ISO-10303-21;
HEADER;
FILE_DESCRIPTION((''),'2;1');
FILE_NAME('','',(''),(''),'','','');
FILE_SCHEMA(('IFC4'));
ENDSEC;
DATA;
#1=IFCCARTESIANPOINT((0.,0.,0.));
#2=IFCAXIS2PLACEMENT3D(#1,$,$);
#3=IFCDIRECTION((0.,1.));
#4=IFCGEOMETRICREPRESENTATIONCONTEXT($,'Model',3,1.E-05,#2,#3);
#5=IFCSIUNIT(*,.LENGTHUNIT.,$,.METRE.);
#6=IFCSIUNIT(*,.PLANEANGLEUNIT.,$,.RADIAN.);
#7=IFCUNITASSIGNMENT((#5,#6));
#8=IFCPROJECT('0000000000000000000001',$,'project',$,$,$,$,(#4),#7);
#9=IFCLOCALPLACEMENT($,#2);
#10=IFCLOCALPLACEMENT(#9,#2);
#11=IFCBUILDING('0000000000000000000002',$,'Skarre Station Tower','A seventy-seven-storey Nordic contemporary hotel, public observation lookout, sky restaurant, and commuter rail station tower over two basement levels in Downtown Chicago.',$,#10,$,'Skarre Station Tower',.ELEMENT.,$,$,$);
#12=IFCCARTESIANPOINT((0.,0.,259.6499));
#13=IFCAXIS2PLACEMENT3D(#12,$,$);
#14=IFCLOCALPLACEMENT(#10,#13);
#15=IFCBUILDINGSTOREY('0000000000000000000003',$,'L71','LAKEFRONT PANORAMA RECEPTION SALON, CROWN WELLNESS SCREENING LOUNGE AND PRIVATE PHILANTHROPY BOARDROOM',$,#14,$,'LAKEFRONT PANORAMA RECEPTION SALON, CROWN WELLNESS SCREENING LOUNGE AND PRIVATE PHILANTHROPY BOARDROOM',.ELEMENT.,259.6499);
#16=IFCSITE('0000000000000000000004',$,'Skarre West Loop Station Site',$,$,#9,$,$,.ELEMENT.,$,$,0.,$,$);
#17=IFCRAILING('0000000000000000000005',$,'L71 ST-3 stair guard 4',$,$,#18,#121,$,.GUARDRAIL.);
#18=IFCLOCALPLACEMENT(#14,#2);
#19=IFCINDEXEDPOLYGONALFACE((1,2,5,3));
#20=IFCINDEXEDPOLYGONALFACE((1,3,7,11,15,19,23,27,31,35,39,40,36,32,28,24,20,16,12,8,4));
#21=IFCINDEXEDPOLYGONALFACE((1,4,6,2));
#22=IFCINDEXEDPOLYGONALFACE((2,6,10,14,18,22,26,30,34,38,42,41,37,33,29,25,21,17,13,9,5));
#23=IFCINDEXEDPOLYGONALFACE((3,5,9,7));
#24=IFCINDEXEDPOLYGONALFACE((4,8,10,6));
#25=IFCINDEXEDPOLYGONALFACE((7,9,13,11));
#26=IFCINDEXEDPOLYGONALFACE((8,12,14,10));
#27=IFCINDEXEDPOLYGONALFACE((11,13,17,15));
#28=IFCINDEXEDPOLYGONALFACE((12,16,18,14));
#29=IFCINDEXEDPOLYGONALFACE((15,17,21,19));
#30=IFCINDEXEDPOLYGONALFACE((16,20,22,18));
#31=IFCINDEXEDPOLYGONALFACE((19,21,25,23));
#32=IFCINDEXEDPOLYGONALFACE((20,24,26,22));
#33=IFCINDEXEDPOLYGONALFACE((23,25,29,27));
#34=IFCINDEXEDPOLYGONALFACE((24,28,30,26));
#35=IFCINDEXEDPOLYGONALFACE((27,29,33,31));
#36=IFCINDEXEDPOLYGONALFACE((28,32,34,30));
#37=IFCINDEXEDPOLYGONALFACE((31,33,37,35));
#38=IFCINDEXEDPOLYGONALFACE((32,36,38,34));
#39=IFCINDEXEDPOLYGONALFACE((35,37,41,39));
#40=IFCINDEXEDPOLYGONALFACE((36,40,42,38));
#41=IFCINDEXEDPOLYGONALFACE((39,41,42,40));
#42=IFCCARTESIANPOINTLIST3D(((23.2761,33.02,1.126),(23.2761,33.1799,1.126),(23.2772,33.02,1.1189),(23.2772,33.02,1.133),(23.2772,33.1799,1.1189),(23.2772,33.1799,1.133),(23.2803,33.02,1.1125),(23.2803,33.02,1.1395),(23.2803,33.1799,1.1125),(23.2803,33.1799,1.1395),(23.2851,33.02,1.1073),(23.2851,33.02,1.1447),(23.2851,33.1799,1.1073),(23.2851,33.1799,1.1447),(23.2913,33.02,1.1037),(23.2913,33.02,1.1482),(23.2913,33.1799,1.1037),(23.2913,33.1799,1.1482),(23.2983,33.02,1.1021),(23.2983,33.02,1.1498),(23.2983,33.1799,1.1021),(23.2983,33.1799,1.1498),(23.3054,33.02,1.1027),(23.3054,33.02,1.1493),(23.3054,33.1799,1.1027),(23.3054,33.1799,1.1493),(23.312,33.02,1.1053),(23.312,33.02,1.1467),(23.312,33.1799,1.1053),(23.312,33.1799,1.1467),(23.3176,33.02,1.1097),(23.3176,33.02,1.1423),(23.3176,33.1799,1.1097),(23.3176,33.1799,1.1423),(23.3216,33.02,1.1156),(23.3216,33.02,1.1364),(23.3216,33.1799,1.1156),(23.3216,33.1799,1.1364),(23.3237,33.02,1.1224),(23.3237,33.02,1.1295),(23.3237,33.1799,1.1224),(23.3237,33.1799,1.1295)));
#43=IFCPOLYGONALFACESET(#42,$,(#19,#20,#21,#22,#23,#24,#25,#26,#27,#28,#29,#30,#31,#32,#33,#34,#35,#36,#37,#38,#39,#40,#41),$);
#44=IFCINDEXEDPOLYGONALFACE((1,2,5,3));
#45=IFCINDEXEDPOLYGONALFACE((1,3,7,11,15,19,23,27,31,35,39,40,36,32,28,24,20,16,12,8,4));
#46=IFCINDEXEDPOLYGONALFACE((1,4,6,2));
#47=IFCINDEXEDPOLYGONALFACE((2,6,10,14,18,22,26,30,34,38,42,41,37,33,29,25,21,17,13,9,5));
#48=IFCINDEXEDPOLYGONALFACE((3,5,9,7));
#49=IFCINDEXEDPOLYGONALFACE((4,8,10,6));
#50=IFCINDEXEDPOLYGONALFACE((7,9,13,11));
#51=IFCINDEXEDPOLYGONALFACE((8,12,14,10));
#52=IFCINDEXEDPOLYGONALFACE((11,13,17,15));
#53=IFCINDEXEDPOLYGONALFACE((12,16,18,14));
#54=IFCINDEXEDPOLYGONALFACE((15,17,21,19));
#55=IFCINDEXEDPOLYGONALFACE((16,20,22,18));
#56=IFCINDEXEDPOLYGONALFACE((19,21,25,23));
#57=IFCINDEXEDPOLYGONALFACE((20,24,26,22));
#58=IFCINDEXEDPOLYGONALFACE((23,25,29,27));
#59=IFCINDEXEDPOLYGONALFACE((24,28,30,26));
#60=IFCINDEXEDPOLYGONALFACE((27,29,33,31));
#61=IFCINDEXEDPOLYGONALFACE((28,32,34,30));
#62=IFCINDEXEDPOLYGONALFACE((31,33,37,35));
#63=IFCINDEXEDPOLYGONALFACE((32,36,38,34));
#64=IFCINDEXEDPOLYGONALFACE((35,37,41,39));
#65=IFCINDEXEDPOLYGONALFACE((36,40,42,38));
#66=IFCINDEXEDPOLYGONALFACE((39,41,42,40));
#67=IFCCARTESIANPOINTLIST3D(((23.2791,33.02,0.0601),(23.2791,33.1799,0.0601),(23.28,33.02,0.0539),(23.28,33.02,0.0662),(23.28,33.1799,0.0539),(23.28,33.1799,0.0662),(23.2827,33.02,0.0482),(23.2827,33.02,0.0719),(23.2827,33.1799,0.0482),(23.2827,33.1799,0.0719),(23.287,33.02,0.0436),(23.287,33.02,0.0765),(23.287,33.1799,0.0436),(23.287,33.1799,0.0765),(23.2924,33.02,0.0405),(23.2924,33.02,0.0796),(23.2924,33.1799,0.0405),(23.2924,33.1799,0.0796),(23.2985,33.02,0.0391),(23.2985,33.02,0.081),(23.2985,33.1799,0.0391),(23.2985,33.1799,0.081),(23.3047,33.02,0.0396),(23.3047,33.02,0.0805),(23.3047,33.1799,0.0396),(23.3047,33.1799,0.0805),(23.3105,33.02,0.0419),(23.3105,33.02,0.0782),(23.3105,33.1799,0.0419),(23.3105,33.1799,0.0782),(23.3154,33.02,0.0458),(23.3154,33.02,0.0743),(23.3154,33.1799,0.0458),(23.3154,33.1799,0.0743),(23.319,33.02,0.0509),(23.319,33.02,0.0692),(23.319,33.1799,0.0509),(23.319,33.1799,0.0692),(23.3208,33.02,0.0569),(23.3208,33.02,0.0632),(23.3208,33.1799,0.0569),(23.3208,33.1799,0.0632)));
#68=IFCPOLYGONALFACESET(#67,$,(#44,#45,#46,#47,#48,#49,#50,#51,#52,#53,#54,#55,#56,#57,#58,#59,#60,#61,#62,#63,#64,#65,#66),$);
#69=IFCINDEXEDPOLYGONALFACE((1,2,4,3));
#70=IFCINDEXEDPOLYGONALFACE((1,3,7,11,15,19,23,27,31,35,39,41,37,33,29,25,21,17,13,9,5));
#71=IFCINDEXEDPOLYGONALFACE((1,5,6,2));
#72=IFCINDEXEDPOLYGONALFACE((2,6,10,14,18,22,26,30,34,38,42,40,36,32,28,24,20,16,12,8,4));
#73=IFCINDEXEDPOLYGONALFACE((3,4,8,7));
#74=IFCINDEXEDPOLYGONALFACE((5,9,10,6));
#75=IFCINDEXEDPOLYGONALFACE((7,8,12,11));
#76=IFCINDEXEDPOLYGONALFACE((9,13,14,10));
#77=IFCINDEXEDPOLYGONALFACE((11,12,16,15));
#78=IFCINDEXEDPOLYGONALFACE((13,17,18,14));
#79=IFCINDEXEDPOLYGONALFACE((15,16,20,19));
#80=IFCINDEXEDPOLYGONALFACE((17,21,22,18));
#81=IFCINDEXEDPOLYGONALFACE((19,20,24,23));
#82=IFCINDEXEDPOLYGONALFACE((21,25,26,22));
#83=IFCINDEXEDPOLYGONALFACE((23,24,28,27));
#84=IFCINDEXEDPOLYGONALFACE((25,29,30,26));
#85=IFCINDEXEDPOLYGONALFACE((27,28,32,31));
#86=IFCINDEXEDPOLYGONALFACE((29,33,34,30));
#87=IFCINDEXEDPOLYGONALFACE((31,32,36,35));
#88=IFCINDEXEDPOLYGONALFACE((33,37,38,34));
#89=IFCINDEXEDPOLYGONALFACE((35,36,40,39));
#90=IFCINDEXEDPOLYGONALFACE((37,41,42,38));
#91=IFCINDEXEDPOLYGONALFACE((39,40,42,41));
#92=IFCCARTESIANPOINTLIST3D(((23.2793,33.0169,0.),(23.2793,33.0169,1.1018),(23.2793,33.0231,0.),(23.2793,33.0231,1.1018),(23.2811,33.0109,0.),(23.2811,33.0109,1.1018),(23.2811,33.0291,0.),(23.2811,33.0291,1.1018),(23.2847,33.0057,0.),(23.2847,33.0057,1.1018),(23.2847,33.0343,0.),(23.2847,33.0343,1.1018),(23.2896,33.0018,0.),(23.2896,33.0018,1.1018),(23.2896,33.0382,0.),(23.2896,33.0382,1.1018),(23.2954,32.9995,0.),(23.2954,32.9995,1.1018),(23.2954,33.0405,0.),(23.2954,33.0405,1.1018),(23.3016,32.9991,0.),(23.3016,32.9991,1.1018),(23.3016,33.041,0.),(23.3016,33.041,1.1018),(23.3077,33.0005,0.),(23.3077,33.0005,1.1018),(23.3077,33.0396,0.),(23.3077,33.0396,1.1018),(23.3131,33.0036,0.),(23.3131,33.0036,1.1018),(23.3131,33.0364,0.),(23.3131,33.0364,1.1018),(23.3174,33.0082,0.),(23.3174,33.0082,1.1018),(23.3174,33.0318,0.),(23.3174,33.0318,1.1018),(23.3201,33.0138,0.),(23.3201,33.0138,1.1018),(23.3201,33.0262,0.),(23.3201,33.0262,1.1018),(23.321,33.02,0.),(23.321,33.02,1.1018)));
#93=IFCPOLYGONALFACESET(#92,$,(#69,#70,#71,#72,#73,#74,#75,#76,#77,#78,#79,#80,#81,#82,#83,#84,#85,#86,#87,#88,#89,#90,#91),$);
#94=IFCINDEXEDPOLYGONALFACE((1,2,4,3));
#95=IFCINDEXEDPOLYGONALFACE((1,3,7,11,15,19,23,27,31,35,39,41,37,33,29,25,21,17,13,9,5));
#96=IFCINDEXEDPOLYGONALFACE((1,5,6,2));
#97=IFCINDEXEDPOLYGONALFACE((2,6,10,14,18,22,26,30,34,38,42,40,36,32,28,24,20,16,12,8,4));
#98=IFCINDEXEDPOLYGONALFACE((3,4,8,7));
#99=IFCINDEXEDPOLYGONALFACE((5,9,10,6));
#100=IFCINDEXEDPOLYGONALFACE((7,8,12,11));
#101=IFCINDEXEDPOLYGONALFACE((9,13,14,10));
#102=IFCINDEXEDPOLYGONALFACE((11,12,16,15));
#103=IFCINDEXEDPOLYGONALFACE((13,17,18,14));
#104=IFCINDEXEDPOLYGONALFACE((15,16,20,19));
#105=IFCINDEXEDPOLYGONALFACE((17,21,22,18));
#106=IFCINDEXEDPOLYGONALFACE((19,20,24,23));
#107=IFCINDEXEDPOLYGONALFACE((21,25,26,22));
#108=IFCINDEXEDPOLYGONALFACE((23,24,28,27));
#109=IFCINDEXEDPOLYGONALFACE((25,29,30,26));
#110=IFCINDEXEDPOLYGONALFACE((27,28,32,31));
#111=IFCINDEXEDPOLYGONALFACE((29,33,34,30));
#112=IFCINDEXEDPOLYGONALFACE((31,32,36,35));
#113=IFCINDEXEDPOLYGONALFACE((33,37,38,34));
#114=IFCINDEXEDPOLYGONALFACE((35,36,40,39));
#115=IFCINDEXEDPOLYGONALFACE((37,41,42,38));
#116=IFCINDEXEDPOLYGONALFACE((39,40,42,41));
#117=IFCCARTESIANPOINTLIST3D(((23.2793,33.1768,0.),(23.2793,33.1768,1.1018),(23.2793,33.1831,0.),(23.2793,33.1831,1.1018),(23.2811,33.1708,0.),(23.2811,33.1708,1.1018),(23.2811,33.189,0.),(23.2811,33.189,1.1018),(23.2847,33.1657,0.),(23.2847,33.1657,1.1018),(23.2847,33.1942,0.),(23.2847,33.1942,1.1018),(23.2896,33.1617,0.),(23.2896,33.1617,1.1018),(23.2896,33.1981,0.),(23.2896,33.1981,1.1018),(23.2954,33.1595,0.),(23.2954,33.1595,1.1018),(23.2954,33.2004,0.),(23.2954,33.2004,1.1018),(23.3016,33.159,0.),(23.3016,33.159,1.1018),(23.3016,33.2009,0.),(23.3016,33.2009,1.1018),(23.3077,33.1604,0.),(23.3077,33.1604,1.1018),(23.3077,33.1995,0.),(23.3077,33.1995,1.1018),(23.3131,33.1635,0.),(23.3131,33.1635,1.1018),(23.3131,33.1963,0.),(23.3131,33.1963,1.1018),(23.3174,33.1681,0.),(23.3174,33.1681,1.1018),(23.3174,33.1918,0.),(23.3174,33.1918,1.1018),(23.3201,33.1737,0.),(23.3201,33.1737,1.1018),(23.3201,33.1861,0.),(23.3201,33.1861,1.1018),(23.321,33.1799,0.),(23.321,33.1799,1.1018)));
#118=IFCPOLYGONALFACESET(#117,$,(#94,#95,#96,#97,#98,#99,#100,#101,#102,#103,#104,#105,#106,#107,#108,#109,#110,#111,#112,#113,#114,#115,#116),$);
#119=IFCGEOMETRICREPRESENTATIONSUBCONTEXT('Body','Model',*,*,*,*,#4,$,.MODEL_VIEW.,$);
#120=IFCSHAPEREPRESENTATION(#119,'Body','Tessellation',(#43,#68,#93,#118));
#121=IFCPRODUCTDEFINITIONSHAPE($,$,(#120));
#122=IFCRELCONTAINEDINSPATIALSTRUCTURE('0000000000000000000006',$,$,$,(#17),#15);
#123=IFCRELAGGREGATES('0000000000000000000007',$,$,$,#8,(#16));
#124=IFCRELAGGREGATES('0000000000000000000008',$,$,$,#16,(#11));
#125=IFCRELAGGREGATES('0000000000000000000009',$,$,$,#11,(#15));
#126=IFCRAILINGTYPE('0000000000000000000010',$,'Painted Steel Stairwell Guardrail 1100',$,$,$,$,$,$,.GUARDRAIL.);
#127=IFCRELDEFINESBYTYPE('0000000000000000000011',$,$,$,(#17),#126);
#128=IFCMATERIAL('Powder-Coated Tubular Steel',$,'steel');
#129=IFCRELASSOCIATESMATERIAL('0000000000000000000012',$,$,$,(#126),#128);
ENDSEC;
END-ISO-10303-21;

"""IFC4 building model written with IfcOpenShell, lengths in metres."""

from ifc_helpers import new_model, si_unit, direction, frame, origin, origin_2d, place, context, subcontext, project, spatial, circle, extrude, material, type_object, element, save


model = new_model("IFC4")

# Units and contexts
model_context = context("Model", 3, precision=1e-05, world=origin(), true_north=direction((0.0, 1.0)))
body_context = subcontext(model_context, "Body", "Model", "MODEL_VIEW")
ifc_project = project(units=[si_unit("LENGTHUNIT", "METRE"), si_unit("PLANEANGLEUNIT", "RADIAN")], contexts=[model_context])

# Site, building, storey
site_placement = place(None, origin())
site = spatial("IfcSite", under=ifc_project, at=site_placement, Name="Skarre West Loop Station Site", CompositionType="ELEMENT", RefElevation=0.0)
building_placement = place(site_placement, origin())
building = spatial("IfcBuilding", under=site, at=building_placement, Name="Skarre Station Tower", Description="A seventy-seven-storey Nordic contemporary hotel, public observation lookout, sky restaurant, and commuter rail station tower over two basement levels in Downtown Chicago.", LongName="Skarre Station Tower", CompositionType="ELEMENT")
storey_placement = place(building_placement, frame((0.0, 0.0, 259.6499)))
storey = spatial("IfcBuildingStorey", under=building, at=storey_placement, Name="L71", Description="LAKEFRONT PANORAMA RECEPTION SALON, CROWN WELLNESS SCREENING LOUNGE AND PRIVATE PHILANTHROPY BOARDROOM", LongName="LAKEFRONT PANORAMA RECEPTION SALON, CROWN WELLNESS SCREENING LOUNGE AND PRIVATE PHILANTHROPY BOARDROOM", CompositionType="ELEMENT", Elevation=259.6499)

# Railing
ifc_material_1 = material(Name="Powder-Coated Tubular Steel", Category="steel")
railing_type_1 = type_object("IfcRailingType", Name="Painted Steel Stairwell Guardrail 1100", PredefinedType="GUARDRAIL", material=ifc_material_1)
railing_1_placement = place(storey_placement, frame((23.3, 33.02, 0.0)))
element("IfcRailing", 1, at=railing_1_placement, inside=storey, type_object=railing_type_1, Name="L71 ST-3 stair guard 4", PredefinedType="GUARDRAIL", context=body_context, shape_type="SweptSolid", body=[
    extrude(circle(Radius=0.0239, at=origin_2d()), frame((0.0, 0.0, 1.126), z_axis=(0.0, 1.0, 0.0), x_axis=(-1.0, 0.0, 0.0)), (0.0, 0.0, 1.0), 0.1599),
    extrude(circle(Radius=0.021, at=origin_2d()), frame((0.0, 0.0, 0.0601), z_axis=(0.0, 1.0, 0.0), x_axis=(-1.0, 0.0, 0.0)), (0.0, 0.0, 1.0), 0.1599),
    extrude(circle(Radius=0.021, at=origin_2d()), origin(), (0.0, 0.0, 1.0), 1.1018),
    extrude(circle(Radius=0.021, at=origin_2d()), frame((0.0, 0.1599, 0.0)), (0.0, 0.0, 1.0), 1.1018),
])

save(model, "model.ifc")
